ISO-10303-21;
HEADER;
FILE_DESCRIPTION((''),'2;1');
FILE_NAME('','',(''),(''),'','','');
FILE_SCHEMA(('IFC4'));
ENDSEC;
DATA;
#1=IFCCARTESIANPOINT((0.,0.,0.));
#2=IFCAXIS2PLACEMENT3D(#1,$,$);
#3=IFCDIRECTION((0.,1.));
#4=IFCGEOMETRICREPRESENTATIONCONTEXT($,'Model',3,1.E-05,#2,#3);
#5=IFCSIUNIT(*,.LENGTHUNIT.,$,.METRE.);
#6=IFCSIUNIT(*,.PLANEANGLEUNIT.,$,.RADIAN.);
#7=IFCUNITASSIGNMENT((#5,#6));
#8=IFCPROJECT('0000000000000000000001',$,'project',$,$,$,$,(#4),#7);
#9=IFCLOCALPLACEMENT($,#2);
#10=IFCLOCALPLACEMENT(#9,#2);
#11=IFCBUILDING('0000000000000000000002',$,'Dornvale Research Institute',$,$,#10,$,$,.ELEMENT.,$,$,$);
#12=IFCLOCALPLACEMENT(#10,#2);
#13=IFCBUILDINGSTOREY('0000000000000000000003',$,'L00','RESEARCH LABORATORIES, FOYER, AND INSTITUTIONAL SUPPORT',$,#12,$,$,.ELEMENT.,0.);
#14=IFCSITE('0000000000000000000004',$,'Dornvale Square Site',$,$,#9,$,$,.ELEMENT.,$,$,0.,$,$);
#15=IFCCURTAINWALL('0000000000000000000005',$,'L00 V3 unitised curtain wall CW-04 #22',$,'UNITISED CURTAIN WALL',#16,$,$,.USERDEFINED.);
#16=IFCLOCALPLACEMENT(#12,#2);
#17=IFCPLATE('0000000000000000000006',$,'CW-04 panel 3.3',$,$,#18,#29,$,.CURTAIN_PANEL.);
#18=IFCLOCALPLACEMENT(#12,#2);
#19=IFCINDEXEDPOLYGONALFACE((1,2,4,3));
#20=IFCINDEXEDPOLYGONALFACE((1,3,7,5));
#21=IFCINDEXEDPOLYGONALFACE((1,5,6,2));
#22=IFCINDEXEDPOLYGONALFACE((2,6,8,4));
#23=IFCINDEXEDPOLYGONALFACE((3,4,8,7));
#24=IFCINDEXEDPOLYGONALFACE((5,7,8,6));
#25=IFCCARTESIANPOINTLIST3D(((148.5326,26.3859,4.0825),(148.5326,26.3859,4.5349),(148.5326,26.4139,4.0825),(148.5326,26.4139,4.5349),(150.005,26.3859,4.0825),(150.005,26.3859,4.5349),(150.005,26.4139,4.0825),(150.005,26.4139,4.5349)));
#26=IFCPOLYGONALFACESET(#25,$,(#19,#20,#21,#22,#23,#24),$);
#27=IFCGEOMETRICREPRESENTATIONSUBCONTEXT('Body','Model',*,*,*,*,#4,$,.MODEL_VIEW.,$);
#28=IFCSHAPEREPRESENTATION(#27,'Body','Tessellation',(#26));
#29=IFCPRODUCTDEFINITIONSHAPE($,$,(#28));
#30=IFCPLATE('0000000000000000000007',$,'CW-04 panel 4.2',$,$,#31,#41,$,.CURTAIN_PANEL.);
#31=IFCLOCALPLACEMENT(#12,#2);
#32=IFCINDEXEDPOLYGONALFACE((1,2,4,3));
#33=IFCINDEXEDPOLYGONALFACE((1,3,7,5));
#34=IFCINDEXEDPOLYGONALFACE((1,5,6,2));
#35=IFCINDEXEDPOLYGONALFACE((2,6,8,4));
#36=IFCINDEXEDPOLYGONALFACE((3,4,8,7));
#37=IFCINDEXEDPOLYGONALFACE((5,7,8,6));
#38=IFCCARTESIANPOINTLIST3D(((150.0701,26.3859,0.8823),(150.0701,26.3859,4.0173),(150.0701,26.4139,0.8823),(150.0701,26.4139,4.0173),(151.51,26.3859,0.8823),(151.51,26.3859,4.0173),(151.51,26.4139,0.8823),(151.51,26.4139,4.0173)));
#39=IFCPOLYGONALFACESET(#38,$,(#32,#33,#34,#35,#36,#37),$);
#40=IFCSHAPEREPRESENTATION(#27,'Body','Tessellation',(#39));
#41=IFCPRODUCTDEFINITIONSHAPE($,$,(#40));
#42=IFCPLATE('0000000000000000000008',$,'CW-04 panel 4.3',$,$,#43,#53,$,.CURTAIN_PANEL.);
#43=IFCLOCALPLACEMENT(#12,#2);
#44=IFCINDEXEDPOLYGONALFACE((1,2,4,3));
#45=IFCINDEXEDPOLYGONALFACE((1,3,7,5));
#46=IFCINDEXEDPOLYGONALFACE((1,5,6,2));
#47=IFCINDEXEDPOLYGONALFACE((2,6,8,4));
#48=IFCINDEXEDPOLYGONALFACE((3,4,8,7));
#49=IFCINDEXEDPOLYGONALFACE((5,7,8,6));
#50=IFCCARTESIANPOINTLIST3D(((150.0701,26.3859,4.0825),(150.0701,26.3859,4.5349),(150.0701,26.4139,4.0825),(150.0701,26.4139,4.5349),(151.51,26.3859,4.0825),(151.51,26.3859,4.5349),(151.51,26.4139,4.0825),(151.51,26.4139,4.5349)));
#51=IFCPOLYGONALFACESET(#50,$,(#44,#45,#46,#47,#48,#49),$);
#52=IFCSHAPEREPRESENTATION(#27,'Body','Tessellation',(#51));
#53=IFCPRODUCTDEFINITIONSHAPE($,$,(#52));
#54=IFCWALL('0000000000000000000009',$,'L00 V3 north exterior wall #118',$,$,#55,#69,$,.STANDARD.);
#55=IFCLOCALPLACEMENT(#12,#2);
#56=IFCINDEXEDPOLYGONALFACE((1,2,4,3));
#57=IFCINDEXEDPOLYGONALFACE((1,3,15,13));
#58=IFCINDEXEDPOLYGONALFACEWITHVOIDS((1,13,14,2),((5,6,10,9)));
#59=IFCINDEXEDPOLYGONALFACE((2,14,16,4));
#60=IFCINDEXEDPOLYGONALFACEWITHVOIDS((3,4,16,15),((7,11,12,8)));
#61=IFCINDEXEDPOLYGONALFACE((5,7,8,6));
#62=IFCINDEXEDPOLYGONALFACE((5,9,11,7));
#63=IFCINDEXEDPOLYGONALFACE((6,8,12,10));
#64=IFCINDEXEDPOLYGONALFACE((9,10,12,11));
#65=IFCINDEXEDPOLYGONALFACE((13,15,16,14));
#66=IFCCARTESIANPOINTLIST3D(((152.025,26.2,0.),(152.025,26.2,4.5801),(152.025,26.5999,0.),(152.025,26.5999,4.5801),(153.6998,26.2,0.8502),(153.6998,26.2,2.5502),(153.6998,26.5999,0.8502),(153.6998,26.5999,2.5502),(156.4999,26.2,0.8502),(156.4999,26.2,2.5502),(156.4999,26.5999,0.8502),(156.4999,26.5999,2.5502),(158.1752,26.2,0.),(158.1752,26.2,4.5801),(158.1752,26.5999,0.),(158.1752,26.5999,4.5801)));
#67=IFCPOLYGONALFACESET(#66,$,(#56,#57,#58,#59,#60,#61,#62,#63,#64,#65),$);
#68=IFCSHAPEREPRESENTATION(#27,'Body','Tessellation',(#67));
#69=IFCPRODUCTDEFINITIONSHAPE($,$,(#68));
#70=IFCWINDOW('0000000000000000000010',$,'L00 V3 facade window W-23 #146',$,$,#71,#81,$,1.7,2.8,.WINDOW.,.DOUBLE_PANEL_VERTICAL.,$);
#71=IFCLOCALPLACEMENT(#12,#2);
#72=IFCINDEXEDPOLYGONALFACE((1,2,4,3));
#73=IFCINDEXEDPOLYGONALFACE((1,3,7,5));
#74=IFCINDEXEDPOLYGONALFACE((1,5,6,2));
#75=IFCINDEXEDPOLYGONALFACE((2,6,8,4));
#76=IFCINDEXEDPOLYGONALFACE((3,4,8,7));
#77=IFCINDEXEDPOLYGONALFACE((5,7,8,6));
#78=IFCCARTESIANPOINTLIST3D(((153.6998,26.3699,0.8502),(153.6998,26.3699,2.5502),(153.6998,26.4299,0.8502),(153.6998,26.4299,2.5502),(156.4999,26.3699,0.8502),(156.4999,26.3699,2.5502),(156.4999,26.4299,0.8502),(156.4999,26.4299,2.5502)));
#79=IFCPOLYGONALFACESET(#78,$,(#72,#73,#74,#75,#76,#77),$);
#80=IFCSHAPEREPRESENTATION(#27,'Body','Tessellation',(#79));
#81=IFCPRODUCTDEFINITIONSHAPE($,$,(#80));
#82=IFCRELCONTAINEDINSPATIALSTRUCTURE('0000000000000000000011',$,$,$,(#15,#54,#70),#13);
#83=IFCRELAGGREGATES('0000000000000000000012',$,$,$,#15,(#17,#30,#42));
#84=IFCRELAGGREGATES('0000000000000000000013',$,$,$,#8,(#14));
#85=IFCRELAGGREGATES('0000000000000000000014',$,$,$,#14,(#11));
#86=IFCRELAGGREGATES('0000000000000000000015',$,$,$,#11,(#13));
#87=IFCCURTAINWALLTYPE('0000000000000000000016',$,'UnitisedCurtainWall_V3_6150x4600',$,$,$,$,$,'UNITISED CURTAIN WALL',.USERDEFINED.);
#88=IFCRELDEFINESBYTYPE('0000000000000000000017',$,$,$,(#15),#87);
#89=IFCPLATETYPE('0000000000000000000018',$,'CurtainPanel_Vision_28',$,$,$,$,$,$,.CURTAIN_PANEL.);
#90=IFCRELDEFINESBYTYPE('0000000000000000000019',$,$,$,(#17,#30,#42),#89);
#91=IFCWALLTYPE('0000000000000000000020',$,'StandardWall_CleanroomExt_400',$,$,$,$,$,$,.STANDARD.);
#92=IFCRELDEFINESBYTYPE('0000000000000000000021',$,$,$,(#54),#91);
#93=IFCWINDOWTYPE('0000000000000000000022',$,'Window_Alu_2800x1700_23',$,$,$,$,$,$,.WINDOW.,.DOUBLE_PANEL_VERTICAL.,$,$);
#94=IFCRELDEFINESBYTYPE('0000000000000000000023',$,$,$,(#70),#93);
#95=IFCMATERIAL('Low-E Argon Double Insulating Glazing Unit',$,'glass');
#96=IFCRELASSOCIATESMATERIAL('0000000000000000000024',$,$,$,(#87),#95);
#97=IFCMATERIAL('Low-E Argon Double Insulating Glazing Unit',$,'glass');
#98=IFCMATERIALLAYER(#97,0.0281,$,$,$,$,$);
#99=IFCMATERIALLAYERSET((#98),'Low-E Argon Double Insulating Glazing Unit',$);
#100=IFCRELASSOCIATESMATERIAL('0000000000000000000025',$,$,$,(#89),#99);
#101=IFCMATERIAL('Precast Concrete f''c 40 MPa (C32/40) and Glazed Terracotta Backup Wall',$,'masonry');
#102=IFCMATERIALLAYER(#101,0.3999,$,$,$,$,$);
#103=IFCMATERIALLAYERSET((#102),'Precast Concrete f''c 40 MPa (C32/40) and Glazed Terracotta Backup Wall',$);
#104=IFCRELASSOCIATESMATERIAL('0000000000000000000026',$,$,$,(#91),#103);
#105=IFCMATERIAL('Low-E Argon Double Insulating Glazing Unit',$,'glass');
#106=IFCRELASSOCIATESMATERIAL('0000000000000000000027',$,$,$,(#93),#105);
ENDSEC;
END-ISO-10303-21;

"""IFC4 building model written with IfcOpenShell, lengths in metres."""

from ifc_helpers import new_model, si_unit, direction, frame, frame_2d, origin, origin_2d, place, context, subcontext, project, spatial, rectangle, extrude, material, layer, layer_set, type_object, element, fill, aggregate, save


model = new_model("IFC4")

# Units and contexts
model_context = context("Model", 3, precision=1e-05, world=origin(), true_north=direction((0.0, 1.0)))
body_context = subcontext(model_context, "Body", "Model", "MODEL_VIEW")
ifc_project = project(units=[si_unit("LENGTHUNIT", "METRE"), si_unit("PLANEANGLEUNIT", "RADIAN")], contexts=[model_context])

# Site, building, storey
site_placement = place(None, origin())
site = spatial("IfcSite", under=ifc_project, at=site_placement, Name="Dornvale Square Site", CompositionType="ELEMENT", RefElevation=0.0)
building_placement = place(site_placement, origin())
building = spatial("IfcBuilding", under=site, at=building_placement, Name="Dornvale Research Institute", CompositionType="ELEMENT")
storey_placement = place(building_placement, origin())
storey = spatial("IfcBuildingStorey", under=building, at=storey_placement, Name="L00", Description="RESEARCH LABORATORIES, FOYER, AND INSTITUTIONAL SUPPORT", CompositionType="ELEMENT", Elevation=0.0)

# Curtain wall, plates
ifc_material_1 = material(Name="Low-E Argon Double Insulating Glazing Unit", Category="glass")
curtain_wall_type = type_object("IfcCurtainWallType", Name="UnitisedCurtainWall_V3_6150x4600", ElementType="UNITISED CURTAIN WALL", PredefinedType="USERDEFINED", material=ifc_material_1)
curtain_wall_placement = place(storey_placement, origin())
curtain_wall = element("IfcCurtainWall", 1, at=curtain_wall_placement, inside=storey, type_object=curtain_wall_type, Name="L00 V3 unitised curtain wall CW-04 #22", ObjectType="UNITISED CURTAIN WALL", PredefinedType="USERDEFINED")
ifc_material_2 = material(Name="Low-E Argon Double Insulating Glazing Unit", Category="glass")
ifc_layer_1 = layer(ifc_material_2, 0.0281)
ifc_layer_set_1 = layer_set([ifc_layer_1], Name="Low-E Argon Double Insulating Glazing Unit")
plate_type_1 = type_object("IfcPlateType", Name="CurtainPanel_Vision_28", PredefinedType="CURTAIN_PANEL", material=ifc_layer_set_1)
plate_1_placement = place(storey_placement, frame((149.2688, 26.3999, 4.0825), z_axis=(0.0, 0.0, 1.0), x_axis=(1.0, 0.0, 0.0)))
plate_1 = element("IfcPlate", 2, at=plate_1_placement, type_object=plate_type_1, Name="CW-04 panel 3.3", PredefinedType="CURTAIN_PANEL", context=body_context, shape_type="SweptSolid", body=[
    extrude(rectangle(XDim=1.4724, YDim=0.0281, at=origin_2d()), origin(), (0.0, 0.0, 1.0), 0.4524),
])
plate_2_placement = place(storey_placement, frame((150.79, 26.3999, 0.8823), z_axis=(0.0, 0.0, 1.0), x_axis=(1.0, 0.0, 0.0)))
plate_2 = element("IfcPlate", 3, at=plate_2_placement, type_object=plate_type_1, Name="CW-04 panel 4.2", PredefinedType="CURTAIN_PANEL", context=body_context, shape_type="SweptSolid", body=[
    extrude(rectangle(XDim=1.4399, YDim=0.0281, at=origin_2d()), origin(), (0.0, 0.0, 1.0), 3.135),
])
plate_3_placement = place(storey_placement, frame((150.79, 26.3999, 4.0825), z_axis=(0.0, 0.0, 1.0), x_axis=(1.0, 0.0, 0.0)))
plate_3 = element("IfcPlate", 4, at=plate_3_placement, type_object=plate_type_1, Name="CW-04 panel 4.3", PredefinedType="CURTAIN_PANEL", context=body_context, shape_type="SweptSolid", body=[
    extrude(rectangle(XDim=1.4399, YDim=0.0281, at=origin_2d()), origin(), (0.0, 0.0, 1.0), 0.4524),
])
aggregate(curtain_wall, [plate_1, plate_2, plate_3])

# Wall, opening, window
ifc_material_3 = material(Name="Precast Concrete f'c 40 MPa (C32/40) and Glazed Terracotta Backup Wall", Category="masonry")
ifc_layer_2 = layer(ifc_material_3, 0.3999)
ifc_layer_set_2 = layer_set([ifc_layer_2], Name="Precast Concrete f'c 40 MPa (C32/40) and Glazed Terracotta Backup Wall")
wall_type = type_object("IfcWallType", Name="StandardWall_CleanroomExt_400", PredefinedType="STANDARD", material=ifc_layer_set_2)
wall_placement = place(storey_placement, frame((152.0249, 26.3999, 0.0), z_axis=(0.0, 0.0, 1.0), x_axis=(1.0, 0.0, 0.0)))
wall = element("IfcWall", 5, at=wall_placement, inside=storey, type_object=wall_type, Name="L00 V3 north exterior wall #118", PredefinedType="STANDARD", context=body_context, shape_type="SweptSolid", body=[
    extrude(rectangle(XDim=6.1501, YDim=0.3999, at=frame_2d((3.0752, 0.0))), origin(), (0.0, 0.0, 1.0), 4.5801),
])
opening_placement = place(wall_placement, frame((1.675, 0.0, 0.8501)))
opening = element("IfcOpeningElement", 6, at=opening_placement, cuts=wall, PredefinedType="OPENING", context=body_context, shape_type="SweptSolid", body=[
    extrude(rectangle(XDim=2.8, YDim=1.7, at=frame_2d((1.3999, 0.8501))), frame((0.0, 0.2148, 0.0), z_axis=(0.0, -1.0, 0.0), x_axis=(1.0, 0.0, 0.0)), (0.0, 0.0, 1.0), 0.4299),
])
ifc_material_4 = material(Name="Low-E Argon Double Insulating Glazing Unit", Category="glass")
window_type = type_object("IfcWindowType", Name="Window_Alu_2800x1700_23", PartitioningType="DOUBLE_PANEL_VERTICAL", PredefinedType="WINDOW", material=ifc_material_4)
window_placement = place(opening_placement, origin())
window = element("IfcWindow", 7, at=window_placement, inside=storey, type_object=window_type, Name="L00 V3 facade window W-23 #146", OverallHeight=1.7, OverallWidth=2.8, PartitioningType="DOUBLE_PANEL_VERTICAL", PredefinedType="WINDOW", context=body_context, shape_type="SweptSolid", body=[
    extrude(rectangle(XDim=2.8, YDim=1.7, at=frame_2d((1.3999, 0.8501))), frame((0.0, 0.03, 0.0), z_axis=(0.0, -1.0, 0.0), x_axis=(1.0, 0.0, 0.0)), (0.0, 0.0, 1.0), 0.0601),
])
fill(opening, window)

save(model, "model.ifc")
